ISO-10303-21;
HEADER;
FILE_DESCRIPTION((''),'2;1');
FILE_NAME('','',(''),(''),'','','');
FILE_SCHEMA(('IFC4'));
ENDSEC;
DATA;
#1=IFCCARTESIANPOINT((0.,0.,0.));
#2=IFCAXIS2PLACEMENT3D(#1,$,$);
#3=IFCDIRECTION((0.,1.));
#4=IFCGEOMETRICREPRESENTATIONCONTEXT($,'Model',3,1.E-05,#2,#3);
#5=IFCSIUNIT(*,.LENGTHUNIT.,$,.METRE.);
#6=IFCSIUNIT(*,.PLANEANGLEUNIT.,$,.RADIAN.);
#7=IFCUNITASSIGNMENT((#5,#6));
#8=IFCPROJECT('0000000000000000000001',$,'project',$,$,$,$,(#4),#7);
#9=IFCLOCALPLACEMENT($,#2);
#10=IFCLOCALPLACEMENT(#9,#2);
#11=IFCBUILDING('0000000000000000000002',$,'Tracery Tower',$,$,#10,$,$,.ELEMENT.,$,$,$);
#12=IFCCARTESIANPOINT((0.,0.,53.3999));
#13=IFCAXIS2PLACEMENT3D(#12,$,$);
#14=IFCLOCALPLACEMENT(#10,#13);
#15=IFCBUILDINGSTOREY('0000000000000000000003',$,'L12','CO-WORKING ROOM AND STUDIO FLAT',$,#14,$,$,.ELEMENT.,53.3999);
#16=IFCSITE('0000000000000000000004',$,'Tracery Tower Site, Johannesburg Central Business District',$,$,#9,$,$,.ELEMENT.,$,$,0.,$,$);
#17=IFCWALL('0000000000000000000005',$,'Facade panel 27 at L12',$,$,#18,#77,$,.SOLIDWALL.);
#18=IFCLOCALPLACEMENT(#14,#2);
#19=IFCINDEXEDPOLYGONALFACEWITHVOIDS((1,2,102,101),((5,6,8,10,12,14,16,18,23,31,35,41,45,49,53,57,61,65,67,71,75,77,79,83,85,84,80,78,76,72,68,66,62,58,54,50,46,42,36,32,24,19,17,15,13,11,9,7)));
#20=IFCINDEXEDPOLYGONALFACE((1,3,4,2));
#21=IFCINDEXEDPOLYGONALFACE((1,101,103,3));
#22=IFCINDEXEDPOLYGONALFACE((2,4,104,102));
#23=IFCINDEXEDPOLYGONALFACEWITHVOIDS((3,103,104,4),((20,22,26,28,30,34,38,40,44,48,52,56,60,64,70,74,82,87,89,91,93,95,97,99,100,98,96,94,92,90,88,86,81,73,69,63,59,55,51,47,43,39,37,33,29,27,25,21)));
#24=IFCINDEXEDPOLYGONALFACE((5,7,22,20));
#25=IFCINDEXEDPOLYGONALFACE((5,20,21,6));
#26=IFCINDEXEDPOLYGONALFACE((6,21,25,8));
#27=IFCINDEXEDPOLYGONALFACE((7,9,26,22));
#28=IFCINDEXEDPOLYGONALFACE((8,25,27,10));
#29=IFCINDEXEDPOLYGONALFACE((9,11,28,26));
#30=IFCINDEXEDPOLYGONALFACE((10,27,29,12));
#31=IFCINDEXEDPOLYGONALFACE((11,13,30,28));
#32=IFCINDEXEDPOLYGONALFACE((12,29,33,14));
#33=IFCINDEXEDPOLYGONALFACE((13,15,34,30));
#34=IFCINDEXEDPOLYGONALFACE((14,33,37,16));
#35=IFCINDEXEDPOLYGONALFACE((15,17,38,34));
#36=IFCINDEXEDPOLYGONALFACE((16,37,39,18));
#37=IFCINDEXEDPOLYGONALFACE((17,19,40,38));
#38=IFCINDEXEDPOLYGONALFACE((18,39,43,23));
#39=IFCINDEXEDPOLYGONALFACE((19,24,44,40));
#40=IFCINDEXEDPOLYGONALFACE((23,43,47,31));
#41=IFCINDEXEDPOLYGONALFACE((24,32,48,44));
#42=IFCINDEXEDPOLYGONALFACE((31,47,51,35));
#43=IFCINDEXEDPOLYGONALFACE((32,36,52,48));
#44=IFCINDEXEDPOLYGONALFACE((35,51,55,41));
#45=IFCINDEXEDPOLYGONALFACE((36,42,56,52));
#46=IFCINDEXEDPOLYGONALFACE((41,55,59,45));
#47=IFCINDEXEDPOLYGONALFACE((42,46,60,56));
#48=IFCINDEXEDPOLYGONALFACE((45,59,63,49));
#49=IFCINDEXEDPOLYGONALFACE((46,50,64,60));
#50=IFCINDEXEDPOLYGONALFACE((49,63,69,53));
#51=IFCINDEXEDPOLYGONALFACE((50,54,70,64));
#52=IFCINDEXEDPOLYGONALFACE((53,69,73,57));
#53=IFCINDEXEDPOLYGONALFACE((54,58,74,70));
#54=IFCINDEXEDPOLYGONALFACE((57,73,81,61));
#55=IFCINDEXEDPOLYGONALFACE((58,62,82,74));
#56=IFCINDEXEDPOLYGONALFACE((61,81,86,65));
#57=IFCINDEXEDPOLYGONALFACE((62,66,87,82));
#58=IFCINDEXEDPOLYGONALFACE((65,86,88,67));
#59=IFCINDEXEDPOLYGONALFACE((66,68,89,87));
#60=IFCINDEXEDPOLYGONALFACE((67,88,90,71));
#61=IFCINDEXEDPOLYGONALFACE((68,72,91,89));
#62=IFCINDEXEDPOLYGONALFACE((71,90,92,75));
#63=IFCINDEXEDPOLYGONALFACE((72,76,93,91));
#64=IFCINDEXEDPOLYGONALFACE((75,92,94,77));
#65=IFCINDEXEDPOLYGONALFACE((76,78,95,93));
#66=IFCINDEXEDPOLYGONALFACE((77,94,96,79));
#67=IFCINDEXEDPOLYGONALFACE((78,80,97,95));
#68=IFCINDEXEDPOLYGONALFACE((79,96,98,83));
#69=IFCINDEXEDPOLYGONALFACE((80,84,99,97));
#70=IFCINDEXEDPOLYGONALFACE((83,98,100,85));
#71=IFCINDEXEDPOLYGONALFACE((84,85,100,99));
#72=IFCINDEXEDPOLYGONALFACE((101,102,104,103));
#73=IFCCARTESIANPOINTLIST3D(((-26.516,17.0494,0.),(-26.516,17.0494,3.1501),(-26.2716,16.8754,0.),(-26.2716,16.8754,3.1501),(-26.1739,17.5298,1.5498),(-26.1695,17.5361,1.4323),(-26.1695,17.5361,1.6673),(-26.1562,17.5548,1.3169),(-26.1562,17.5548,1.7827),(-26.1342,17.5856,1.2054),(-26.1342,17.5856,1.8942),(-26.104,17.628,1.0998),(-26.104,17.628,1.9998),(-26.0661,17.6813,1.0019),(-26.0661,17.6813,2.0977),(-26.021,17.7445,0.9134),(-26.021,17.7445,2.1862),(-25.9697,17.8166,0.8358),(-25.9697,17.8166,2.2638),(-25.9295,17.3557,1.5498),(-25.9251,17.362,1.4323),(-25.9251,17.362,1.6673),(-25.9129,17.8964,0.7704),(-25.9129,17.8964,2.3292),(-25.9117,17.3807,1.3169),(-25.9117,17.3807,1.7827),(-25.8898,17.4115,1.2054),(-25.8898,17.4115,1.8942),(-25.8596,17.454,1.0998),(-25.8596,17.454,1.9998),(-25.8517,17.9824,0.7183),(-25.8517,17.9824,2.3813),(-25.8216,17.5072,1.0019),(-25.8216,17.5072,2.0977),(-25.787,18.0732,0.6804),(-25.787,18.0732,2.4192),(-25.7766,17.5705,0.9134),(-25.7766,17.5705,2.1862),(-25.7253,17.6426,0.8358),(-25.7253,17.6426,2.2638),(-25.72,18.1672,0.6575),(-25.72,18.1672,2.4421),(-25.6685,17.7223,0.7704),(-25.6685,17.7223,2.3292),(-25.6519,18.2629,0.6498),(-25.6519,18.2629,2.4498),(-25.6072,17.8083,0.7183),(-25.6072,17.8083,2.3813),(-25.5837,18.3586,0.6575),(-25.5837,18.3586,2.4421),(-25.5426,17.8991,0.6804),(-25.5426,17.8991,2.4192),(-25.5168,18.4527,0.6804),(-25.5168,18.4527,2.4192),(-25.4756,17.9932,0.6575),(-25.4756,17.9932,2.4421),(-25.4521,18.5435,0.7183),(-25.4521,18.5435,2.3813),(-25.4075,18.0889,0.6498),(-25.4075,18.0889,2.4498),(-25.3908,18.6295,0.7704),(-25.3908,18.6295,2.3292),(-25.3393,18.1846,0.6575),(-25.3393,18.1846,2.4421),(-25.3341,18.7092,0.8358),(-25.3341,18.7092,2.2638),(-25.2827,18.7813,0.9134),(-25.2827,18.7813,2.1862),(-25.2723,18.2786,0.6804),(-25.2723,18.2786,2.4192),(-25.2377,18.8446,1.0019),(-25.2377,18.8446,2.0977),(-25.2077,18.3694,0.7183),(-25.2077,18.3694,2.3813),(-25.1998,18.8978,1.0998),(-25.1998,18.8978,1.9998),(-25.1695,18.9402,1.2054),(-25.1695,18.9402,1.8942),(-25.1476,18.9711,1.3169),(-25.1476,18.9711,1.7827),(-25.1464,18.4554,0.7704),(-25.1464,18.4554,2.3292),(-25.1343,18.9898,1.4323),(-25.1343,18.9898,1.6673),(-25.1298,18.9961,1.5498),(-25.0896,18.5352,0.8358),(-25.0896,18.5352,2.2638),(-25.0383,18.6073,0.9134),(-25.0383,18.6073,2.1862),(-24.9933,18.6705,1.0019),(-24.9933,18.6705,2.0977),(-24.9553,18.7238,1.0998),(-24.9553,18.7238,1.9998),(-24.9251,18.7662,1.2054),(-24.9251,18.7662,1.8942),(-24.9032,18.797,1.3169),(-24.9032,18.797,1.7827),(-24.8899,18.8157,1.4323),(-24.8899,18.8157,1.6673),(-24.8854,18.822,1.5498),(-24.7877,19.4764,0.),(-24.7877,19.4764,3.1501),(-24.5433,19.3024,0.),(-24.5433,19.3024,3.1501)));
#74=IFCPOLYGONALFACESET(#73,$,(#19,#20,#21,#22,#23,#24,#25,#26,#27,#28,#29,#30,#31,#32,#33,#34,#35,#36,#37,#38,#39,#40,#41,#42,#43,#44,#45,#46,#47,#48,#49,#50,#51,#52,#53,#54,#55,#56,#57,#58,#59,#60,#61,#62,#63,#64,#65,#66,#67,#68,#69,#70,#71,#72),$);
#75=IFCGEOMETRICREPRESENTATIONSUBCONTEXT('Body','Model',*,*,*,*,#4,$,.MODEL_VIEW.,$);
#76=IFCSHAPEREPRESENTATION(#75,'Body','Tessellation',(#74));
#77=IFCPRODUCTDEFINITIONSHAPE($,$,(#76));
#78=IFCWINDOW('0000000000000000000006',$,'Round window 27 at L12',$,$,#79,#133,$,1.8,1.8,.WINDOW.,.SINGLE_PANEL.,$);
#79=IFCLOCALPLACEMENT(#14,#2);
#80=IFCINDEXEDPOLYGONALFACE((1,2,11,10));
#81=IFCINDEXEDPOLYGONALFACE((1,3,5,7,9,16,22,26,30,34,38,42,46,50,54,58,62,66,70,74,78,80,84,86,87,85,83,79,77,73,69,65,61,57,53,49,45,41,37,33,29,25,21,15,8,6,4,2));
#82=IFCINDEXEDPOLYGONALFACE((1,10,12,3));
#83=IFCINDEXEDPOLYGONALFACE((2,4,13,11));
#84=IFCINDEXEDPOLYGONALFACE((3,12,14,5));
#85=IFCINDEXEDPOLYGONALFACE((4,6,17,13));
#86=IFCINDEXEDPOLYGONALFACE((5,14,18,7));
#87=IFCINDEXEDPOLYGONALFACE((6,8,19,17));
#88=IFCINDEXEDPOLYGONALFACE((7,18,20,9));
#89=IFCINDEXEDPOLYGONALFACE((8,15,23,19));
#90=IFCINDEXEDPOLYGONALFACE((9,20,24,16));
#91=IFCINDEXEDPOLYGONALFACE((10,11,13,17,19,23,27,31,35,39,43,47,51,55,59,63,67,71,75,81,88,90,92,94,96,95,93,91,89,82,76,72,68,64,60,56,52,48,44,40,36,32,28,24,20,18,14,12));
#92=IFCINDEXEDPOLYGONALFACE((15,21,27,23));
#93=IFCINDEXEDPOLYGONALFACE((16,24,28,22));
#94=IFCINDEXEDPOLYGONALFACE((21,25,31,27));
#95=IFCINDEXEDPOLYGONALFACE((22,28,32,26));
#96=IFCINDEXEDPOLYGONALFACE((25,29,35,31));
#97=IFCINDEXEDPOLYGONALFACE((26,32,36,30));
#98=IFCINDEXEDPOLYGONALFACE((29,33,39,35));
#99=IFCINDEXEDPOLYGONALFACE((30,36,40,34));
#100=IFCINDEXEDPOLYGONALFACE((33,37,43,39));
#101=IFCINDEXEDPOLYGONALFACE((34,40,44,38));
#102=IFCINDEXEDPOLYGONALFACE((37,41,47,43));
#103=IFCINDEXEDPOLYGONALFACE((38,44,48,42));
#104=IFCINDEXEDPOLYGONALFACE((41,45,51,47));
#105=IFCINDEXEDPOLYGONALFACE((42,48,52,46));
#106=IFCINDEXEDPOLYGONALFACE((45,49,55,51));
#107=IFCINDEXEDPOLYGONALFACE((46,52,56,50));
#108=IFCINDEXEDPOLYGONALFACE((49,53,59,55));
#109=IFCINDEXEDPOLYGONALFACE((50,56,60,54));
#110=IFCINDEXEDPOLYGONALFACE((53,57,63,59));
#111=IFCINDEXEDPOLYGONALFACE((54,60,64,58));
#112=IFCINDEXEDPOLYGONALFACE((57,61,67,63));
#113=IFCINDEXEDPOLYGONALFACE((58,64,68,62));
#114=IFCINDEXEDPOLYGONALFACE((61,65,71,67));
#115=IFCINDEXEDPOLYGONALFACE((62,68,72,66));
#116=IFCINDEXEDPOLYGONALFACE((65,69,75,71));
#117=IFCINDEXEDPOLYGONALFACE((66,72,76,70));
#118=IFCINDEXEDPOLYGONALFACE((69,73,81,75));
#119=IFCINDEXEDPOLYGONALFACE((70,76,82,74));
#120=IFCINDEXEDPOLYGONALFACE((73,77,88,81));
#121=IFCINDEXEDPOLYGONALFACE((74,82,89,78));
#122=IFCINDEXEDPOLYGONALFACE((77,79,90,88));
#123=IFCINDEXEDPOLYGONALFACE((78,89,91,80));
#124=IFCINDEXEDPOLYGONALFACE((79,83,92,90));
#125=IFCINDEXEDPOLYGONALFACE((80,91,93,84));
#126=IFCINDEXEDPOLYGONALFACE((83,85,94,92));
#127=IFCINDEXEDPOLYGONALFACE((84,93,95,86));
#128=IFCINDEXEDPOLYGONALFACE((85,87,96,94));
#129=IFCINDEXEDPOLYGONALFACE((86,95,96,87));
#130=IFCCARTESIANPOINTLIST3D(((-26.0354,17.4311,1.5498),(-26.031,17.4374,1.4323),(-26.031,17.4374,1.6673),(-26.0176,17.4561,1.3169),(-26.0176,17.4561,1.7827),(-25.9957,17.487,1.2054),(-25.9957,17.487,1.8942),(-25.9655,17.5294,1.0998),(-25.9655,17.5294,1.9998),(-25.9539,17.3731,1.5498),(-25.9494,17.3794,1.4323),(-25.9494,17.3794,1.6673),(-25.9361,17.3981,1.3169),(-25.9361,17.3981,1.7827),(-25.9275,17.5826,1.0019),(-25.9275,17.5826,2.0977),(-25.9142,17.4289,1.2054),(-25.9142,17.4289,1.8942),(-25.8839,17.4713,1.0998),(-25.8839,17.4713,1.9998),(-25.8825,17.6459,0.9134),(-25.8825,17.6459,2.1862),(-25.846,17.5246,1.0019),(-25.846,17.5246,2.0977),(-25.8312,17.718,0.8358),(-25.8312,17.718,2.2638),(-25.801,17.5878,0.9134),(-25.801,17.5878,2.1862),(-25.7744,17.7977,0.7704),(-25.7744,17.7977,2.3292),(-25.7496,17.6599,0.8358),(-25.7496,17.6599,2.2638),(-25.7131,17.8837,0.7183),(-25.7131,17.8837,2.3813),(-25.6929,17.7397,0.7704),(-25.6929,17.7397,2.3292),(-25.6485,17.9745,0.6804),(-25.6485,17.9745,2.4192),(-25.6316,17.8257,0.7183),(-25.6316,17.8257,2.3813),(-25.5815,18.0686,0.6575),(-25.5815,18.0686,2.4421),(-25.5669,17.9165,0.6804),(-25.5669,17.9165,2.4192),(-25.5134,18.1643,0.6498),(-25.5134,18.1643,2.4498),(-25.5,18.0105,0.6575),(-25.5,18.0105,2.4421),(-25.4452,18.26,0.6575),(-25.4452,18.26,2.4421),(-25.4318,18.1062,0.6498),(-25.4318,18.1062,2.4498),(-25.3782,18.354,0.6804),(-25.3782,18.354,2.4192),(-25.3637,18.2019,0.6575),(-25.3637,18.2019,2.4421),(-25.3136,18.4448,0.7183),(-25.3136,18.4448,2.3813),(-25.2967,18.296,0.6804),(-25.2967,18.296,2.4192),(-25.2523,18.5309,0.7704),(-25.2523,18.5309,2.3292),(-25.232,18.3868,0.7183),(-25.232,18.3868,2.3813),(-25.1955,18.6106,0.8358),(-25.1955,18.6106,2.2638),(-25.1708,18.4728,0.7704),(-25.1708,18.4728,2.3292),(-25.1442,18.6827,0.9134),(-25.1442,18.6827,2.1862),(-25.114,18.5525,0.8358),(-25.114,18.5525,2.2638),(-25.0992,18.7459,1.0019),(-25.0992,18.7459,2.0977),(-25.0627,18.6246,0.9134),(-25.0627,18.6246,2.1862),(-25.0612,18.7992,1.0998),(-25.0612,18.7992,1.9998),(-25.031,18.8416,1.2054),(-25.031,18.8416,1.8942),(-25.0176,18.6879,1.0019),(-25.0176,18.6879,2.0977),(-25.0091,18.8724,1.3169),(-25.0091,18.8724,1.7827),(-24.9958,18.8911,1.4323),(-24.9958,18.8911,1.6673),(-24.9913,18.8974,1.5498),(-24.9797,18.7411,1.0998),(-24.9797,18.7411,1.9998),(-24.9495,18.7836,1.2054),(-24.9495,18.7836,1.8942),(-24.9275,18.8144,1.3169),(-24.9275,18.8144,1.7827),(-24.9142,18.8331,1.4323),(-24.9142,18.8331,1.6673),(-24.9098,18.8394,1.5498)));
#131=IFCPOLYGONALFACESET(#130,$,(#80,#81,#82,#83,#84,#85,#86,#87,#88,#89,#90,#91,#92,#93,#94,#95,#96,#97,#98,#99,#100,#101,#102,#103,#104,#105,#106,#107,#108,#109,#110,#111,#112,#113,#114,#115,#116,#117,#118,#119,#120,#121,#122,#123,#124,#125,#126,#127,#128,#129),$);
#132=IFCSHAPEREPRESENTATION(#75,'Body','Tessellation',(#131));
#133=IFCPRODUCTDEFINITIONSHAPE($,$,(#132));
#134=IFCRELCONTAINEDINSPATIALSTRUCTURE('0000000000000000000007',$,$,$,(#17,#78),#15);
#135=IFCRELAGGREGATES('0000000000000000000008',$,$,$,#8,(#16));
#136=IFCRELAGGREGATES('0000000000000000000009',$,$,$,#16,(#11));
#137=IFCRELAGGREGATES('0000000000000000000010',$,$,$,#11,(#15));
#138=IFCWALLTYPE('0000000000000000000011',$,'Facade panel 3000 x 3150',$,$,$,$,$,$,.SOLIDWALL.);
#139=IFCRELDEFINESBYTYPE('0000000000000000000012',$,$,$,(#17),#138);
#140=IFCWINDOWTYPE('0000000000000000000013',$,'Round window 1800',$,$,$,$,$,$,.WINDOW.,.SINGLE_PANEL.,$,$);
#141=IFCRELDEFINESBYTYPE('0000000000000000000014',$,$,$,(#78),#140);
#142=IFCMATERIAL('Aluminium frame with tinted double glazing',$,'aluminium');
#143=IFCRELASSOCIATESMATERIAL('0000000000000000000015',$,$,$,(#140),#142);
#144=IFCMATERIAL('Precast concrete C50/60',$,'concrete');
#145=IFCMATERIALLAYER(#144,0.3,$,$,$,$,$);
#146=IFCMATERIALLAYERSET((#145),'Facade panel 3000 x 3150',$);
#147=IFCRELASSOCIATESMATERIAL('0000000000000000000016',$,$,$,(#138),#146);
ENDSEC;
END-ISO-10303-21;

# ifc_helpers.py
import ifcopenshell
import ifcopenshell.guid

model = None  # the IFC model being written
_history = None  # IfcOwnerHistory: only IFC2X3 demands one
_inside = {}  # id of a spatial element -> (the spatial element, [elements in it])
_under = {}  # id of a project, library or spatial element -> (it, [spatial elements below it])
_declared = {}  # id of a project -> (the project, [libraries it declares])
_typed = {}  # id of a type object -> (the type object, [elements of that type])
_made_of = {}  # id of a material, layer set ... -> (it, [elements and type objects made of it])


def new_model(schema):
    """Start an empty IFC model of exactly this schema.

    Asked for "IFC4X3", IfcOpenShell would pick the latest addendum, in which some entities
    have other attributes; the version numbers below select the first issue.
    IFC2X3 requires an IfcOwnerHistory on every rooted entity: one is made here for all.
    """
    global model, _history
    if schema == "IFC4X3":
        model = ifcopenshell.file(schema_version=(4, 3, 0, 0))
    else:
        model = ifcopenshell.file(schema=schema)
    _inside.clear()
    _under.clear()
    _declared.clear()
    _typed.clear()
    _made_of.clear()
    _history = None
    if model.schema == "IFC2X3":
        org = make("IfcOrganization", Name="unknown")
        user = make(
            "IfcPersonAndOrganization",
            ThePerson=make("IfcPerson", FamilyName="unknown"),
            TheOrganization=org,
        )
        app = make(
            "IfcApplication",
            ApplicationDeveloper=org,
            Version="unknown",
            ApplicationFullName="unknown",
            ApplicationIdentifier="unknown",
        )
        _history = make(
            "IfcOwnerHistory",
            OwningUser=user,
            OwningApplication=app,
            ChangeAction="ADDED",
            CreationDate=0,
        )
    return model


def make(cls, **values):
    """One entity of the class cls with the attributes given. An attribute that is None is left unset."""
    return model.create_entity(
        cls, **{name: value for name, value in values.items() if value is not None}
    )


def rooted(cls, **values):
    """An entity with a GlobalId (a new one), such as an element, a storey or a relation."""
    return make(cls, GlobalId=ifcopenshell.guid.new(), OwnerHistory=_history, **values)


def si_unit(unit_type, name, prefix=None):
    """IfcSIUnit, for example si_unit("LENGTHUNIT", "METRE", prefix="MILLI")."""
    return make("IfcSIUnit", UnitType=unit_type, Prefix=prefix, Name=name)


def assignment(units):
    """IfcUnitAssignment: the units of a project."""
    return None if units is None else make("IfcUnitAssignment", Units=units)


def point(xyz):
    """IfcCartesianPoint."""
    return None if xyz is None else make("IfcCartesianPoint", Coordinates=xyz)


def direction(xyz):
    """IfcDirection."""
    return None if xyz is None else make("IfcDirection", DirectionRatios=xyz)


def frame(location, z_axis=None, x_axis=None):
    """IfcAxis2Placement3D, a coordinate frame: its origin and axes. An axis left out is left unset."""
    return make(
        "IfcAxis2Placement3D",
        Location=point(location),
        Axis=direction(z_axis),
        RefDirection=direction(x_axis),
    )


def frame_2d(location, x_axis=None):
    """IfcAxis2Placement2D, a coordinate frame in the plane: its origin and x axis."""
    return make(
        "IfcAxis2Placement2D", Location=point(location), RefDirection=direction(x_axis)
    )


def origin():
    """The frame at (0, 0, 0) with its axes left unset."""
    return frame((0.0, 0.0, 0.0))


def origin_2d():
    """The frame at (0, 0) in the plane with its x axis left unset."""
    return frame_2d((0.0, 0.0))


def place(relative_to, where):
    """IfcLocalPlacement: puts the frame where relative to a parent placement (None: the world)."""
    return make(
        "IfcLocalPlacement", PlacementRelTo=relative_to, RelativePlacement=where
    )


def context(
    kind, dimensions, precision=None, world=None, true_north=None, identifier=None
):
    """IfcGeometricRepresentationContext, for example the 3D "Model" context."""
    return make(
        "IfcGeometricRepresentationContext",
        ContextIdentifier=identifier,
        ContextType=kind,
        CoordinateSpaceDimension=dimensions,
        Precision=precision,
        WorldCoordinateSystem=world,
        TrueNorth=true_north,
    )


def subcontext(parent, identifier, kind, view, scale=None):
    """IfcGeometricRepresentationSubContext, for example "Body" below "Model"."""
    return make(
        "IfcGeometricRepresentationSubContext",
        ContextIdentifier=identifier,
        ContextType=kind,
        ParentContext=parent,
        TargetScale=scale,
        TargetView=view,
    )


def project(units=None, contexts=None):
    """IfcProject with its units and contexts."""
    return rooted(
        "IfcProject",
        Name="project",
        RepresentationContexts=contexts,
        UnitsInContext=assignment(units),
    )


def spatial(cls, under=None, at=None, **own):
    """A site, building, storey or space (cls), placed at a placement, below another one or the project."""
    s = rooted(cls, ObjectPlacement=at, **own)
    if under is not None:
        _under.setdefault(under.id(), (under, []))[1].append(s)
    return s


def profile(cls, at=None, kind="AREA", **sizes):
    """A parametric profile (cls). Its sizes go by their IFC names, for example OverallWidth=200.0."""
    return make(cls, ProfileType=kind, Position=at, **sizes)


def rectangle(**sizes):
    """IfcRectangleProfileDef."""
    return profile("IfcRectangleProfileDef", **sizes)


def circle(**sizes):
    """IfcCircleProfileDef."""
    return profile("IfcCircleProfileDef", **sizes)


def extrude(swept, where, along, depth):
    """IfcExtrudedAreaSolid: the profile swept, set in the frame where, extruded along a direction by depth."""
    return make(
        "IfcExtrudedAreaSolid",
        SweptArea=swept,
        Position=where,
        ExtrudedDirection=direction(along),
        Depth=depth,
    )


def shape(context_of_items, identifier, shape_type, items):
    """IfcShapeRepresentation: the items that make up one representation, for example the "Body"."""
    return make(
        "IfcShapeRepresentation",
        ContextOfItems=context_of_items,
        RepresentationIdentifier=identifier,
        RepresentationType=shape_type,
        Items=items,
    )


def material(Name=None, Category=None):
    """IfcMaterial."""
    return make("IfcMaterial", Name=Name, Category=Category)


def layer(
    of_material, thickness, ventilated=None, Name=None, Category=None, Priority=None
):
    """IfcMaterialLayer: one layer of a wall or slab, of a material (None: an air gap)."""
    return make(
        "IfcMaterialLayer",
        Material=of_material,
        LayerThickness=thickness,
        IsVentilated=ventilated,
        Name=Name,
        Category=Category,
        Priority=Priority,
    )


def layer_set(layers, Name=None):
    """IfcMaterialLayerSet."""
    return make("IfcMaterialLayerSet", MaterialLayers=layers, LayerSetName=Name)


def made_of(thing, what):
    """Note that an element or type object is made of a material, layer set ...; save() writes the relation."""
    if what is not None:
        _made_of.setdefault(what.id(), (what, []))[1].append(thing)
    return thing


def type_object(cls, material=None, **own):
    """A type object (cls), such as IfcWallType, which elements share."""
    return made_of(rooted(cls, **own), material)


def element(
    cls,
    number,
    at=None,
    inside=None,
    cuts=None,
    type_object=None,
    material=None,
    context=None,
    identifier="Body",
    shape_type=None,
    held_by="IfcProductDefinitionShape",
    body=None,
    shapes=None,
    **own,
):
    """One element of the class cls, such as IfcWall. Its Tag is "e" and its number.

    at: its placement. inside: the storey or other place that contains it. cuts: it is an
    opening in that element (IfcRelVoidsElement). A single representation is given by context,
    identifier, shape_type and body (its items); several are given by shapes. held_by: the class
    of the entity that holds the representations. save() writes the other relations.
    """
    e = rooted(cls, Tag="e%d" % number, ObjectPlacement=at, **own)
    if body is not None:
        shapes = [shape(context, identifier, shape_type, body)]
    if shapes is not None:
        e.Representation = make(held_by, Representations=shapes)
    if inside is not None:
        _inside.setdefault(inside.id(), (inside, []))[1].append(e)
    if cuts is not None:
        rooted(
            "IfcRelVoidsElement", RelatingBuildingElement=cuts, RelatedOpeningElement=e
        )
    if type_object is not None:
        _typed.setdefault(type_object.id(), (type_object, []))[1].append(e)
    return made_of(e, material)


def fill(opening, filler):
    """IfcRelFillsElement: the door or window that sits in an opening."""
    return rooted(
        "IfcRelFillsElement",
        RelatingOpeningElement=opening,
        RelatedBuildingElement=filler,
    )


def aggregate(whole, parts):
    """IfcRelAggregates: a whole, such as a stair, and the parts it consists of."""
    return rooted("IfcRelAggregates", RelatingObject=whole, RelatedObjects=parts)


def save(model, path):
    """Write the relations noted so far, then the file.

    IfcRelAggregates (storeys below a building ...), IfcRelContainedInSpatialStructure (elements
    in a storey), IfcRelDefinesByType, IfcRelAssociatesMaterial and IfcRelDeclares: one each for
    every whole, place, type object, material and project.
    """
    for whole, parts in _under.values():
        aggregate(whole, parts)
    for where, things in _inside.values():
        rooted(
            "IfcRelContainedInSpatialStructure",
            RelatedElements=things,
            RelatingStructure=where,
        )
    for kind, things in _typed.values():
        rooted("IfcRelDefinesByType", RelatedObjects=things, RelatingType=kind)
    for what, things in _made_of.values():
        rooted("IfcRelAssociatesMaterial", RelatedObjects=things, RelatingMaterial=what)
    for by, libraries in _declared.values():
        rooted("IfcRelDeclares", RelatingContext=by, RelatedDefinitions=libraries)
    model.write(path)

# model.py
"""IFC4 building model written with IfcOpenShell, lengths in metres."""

from ifc_helpers import new_model, si_unit, direction, frame, frame_2d, origin, origin_2d, place, context, subcontext, project, spatial, rectangle, circle, extrude, material, layer, layer_set, type_object, element, fill, save


model = new_model("IFC4")

# Units and contexts
model_context = context("Model", 3, precision=1e-05, world=origin(), true_north=direction((0.0, 1.0)))
body_context = subcontext(model_context, "Body", "Model", "MODEL_VIEW")
ifc_project = project(units=[si_unit("LENGTHUNIT", "METRE"), si_unit("PLANEANGLEUNIT", "RADIAN")], contexts=[model_context])

# Site, building, storey
site_placement = place(None, origin())
site = spatial("IfcSite", under=ifc_project, at=site_placement, Name="Tracery Tower Site, Johannesburg Central Business District", CompositionType="ELEMENT", RefElevation=0.0)
building_placement = place(site_placement, origin())
building = spatial("IfcBuilding", under=site, at=building_placement, Name="Tracery Tower", CompositionType="ELEMENT")
storey_placement = place(building_placement, frame((0.0, 0.0, 53.3999)))
storey = spatial("IfcBuildingStorey", under=building, at=storey_placement, Name="L12", Description="CO-WORKING ROOM AND STUDIO FLAT", CompositionType="ELEMENT", Elevation=53.3999)

# Wall, opening, window
ifc_material_1 = material(Name="Aluminium frame with tinted double glazing", Category="aluminium")
window_type = type_object("IfcWindowType", Name="Round window 1800", PartitioningType="SINGLE_PANEL", PredefinedType="WINDOW", material=ifc_material_1)
ifc_material_2 = material(Name="Precast concrete C50/60", Category="concrete")
ifc_layer_1 = layer(ifc_material_2, 0.3)
ifc_layer_set_1 = layer_set([ifc_layer_1], Name="Facade panel 3000 x 3150")
wall_type_1 = type_object("IfcWallType", Name="Facade panel 3000 x 3150", PredefinedType="SOLIDWALL", material=ifc_layer_set_1)
wall_1_placement = place(storey_placement, frame((-24.6655, 19.3894, 0.0), z_axis=(0.0, 0.0, 1.0), x_axis=(-0.580059, -0.814574, 0.0)))
wall_1 = element("IfcWall", 1, at=wall_1_placement, inside=storey, type_object=wall_type_1, Name="Facade panel 27 at L12", PredefinedType="SOLIDWALL", context=body_context, shape_type="SweptSolid", body=[
    extrude(rectangle(XDim=2.9795, YDim=0.3, at=frame_2d((1.4897, 0.0))), origin(), (0.0, 0.0, 1.0), 3.1501),
])
opening_1_placement = place(wall_1_placement, frame((1.4897, 0.0, 1.5498)))
opening_1 = element("IfcOpeningElement", 2, at=opening_1_placement, cuts=wall_1, PredefinedType="OPENING", context=body_context, shape_type="SweptSolid", body=[
    extrude(circle(Radius=0.9, at=origin_2d()), frame((0.0, 0.1599, 0.0), z_axis=(0.0, -1.0, 0.0), x_axis=(1.0, 0.0, 0.0)), (0.0, 0.0, 1.0), 0.3201),
])
window_1_placement = place(opening_1_placement, origin())
window_1 = element("IfcWindow", 3, at=window_1_placement, inside=storey, type_object=window_type, Name="Round window 27 at L12", OverallHeight=1.8, OverallWidth=1.8, PartitioningType="SINGLE_PANEL", PredefinedType="WINDOW", context=body_context, shape_type="SweptSolid", body=[
    extrude(circle(Radius=0.9, at=origin_2d()), frame((0.0, 0.1201, 0.0), z_axis=(0.0, -1.0, 0.0), x_axis=(1.0, 0.0, 0.0)), (0.0, 0.0, 1.0), 0.1001),
])
fill(opening_1, window_1)

save(model, "model.ifc")
